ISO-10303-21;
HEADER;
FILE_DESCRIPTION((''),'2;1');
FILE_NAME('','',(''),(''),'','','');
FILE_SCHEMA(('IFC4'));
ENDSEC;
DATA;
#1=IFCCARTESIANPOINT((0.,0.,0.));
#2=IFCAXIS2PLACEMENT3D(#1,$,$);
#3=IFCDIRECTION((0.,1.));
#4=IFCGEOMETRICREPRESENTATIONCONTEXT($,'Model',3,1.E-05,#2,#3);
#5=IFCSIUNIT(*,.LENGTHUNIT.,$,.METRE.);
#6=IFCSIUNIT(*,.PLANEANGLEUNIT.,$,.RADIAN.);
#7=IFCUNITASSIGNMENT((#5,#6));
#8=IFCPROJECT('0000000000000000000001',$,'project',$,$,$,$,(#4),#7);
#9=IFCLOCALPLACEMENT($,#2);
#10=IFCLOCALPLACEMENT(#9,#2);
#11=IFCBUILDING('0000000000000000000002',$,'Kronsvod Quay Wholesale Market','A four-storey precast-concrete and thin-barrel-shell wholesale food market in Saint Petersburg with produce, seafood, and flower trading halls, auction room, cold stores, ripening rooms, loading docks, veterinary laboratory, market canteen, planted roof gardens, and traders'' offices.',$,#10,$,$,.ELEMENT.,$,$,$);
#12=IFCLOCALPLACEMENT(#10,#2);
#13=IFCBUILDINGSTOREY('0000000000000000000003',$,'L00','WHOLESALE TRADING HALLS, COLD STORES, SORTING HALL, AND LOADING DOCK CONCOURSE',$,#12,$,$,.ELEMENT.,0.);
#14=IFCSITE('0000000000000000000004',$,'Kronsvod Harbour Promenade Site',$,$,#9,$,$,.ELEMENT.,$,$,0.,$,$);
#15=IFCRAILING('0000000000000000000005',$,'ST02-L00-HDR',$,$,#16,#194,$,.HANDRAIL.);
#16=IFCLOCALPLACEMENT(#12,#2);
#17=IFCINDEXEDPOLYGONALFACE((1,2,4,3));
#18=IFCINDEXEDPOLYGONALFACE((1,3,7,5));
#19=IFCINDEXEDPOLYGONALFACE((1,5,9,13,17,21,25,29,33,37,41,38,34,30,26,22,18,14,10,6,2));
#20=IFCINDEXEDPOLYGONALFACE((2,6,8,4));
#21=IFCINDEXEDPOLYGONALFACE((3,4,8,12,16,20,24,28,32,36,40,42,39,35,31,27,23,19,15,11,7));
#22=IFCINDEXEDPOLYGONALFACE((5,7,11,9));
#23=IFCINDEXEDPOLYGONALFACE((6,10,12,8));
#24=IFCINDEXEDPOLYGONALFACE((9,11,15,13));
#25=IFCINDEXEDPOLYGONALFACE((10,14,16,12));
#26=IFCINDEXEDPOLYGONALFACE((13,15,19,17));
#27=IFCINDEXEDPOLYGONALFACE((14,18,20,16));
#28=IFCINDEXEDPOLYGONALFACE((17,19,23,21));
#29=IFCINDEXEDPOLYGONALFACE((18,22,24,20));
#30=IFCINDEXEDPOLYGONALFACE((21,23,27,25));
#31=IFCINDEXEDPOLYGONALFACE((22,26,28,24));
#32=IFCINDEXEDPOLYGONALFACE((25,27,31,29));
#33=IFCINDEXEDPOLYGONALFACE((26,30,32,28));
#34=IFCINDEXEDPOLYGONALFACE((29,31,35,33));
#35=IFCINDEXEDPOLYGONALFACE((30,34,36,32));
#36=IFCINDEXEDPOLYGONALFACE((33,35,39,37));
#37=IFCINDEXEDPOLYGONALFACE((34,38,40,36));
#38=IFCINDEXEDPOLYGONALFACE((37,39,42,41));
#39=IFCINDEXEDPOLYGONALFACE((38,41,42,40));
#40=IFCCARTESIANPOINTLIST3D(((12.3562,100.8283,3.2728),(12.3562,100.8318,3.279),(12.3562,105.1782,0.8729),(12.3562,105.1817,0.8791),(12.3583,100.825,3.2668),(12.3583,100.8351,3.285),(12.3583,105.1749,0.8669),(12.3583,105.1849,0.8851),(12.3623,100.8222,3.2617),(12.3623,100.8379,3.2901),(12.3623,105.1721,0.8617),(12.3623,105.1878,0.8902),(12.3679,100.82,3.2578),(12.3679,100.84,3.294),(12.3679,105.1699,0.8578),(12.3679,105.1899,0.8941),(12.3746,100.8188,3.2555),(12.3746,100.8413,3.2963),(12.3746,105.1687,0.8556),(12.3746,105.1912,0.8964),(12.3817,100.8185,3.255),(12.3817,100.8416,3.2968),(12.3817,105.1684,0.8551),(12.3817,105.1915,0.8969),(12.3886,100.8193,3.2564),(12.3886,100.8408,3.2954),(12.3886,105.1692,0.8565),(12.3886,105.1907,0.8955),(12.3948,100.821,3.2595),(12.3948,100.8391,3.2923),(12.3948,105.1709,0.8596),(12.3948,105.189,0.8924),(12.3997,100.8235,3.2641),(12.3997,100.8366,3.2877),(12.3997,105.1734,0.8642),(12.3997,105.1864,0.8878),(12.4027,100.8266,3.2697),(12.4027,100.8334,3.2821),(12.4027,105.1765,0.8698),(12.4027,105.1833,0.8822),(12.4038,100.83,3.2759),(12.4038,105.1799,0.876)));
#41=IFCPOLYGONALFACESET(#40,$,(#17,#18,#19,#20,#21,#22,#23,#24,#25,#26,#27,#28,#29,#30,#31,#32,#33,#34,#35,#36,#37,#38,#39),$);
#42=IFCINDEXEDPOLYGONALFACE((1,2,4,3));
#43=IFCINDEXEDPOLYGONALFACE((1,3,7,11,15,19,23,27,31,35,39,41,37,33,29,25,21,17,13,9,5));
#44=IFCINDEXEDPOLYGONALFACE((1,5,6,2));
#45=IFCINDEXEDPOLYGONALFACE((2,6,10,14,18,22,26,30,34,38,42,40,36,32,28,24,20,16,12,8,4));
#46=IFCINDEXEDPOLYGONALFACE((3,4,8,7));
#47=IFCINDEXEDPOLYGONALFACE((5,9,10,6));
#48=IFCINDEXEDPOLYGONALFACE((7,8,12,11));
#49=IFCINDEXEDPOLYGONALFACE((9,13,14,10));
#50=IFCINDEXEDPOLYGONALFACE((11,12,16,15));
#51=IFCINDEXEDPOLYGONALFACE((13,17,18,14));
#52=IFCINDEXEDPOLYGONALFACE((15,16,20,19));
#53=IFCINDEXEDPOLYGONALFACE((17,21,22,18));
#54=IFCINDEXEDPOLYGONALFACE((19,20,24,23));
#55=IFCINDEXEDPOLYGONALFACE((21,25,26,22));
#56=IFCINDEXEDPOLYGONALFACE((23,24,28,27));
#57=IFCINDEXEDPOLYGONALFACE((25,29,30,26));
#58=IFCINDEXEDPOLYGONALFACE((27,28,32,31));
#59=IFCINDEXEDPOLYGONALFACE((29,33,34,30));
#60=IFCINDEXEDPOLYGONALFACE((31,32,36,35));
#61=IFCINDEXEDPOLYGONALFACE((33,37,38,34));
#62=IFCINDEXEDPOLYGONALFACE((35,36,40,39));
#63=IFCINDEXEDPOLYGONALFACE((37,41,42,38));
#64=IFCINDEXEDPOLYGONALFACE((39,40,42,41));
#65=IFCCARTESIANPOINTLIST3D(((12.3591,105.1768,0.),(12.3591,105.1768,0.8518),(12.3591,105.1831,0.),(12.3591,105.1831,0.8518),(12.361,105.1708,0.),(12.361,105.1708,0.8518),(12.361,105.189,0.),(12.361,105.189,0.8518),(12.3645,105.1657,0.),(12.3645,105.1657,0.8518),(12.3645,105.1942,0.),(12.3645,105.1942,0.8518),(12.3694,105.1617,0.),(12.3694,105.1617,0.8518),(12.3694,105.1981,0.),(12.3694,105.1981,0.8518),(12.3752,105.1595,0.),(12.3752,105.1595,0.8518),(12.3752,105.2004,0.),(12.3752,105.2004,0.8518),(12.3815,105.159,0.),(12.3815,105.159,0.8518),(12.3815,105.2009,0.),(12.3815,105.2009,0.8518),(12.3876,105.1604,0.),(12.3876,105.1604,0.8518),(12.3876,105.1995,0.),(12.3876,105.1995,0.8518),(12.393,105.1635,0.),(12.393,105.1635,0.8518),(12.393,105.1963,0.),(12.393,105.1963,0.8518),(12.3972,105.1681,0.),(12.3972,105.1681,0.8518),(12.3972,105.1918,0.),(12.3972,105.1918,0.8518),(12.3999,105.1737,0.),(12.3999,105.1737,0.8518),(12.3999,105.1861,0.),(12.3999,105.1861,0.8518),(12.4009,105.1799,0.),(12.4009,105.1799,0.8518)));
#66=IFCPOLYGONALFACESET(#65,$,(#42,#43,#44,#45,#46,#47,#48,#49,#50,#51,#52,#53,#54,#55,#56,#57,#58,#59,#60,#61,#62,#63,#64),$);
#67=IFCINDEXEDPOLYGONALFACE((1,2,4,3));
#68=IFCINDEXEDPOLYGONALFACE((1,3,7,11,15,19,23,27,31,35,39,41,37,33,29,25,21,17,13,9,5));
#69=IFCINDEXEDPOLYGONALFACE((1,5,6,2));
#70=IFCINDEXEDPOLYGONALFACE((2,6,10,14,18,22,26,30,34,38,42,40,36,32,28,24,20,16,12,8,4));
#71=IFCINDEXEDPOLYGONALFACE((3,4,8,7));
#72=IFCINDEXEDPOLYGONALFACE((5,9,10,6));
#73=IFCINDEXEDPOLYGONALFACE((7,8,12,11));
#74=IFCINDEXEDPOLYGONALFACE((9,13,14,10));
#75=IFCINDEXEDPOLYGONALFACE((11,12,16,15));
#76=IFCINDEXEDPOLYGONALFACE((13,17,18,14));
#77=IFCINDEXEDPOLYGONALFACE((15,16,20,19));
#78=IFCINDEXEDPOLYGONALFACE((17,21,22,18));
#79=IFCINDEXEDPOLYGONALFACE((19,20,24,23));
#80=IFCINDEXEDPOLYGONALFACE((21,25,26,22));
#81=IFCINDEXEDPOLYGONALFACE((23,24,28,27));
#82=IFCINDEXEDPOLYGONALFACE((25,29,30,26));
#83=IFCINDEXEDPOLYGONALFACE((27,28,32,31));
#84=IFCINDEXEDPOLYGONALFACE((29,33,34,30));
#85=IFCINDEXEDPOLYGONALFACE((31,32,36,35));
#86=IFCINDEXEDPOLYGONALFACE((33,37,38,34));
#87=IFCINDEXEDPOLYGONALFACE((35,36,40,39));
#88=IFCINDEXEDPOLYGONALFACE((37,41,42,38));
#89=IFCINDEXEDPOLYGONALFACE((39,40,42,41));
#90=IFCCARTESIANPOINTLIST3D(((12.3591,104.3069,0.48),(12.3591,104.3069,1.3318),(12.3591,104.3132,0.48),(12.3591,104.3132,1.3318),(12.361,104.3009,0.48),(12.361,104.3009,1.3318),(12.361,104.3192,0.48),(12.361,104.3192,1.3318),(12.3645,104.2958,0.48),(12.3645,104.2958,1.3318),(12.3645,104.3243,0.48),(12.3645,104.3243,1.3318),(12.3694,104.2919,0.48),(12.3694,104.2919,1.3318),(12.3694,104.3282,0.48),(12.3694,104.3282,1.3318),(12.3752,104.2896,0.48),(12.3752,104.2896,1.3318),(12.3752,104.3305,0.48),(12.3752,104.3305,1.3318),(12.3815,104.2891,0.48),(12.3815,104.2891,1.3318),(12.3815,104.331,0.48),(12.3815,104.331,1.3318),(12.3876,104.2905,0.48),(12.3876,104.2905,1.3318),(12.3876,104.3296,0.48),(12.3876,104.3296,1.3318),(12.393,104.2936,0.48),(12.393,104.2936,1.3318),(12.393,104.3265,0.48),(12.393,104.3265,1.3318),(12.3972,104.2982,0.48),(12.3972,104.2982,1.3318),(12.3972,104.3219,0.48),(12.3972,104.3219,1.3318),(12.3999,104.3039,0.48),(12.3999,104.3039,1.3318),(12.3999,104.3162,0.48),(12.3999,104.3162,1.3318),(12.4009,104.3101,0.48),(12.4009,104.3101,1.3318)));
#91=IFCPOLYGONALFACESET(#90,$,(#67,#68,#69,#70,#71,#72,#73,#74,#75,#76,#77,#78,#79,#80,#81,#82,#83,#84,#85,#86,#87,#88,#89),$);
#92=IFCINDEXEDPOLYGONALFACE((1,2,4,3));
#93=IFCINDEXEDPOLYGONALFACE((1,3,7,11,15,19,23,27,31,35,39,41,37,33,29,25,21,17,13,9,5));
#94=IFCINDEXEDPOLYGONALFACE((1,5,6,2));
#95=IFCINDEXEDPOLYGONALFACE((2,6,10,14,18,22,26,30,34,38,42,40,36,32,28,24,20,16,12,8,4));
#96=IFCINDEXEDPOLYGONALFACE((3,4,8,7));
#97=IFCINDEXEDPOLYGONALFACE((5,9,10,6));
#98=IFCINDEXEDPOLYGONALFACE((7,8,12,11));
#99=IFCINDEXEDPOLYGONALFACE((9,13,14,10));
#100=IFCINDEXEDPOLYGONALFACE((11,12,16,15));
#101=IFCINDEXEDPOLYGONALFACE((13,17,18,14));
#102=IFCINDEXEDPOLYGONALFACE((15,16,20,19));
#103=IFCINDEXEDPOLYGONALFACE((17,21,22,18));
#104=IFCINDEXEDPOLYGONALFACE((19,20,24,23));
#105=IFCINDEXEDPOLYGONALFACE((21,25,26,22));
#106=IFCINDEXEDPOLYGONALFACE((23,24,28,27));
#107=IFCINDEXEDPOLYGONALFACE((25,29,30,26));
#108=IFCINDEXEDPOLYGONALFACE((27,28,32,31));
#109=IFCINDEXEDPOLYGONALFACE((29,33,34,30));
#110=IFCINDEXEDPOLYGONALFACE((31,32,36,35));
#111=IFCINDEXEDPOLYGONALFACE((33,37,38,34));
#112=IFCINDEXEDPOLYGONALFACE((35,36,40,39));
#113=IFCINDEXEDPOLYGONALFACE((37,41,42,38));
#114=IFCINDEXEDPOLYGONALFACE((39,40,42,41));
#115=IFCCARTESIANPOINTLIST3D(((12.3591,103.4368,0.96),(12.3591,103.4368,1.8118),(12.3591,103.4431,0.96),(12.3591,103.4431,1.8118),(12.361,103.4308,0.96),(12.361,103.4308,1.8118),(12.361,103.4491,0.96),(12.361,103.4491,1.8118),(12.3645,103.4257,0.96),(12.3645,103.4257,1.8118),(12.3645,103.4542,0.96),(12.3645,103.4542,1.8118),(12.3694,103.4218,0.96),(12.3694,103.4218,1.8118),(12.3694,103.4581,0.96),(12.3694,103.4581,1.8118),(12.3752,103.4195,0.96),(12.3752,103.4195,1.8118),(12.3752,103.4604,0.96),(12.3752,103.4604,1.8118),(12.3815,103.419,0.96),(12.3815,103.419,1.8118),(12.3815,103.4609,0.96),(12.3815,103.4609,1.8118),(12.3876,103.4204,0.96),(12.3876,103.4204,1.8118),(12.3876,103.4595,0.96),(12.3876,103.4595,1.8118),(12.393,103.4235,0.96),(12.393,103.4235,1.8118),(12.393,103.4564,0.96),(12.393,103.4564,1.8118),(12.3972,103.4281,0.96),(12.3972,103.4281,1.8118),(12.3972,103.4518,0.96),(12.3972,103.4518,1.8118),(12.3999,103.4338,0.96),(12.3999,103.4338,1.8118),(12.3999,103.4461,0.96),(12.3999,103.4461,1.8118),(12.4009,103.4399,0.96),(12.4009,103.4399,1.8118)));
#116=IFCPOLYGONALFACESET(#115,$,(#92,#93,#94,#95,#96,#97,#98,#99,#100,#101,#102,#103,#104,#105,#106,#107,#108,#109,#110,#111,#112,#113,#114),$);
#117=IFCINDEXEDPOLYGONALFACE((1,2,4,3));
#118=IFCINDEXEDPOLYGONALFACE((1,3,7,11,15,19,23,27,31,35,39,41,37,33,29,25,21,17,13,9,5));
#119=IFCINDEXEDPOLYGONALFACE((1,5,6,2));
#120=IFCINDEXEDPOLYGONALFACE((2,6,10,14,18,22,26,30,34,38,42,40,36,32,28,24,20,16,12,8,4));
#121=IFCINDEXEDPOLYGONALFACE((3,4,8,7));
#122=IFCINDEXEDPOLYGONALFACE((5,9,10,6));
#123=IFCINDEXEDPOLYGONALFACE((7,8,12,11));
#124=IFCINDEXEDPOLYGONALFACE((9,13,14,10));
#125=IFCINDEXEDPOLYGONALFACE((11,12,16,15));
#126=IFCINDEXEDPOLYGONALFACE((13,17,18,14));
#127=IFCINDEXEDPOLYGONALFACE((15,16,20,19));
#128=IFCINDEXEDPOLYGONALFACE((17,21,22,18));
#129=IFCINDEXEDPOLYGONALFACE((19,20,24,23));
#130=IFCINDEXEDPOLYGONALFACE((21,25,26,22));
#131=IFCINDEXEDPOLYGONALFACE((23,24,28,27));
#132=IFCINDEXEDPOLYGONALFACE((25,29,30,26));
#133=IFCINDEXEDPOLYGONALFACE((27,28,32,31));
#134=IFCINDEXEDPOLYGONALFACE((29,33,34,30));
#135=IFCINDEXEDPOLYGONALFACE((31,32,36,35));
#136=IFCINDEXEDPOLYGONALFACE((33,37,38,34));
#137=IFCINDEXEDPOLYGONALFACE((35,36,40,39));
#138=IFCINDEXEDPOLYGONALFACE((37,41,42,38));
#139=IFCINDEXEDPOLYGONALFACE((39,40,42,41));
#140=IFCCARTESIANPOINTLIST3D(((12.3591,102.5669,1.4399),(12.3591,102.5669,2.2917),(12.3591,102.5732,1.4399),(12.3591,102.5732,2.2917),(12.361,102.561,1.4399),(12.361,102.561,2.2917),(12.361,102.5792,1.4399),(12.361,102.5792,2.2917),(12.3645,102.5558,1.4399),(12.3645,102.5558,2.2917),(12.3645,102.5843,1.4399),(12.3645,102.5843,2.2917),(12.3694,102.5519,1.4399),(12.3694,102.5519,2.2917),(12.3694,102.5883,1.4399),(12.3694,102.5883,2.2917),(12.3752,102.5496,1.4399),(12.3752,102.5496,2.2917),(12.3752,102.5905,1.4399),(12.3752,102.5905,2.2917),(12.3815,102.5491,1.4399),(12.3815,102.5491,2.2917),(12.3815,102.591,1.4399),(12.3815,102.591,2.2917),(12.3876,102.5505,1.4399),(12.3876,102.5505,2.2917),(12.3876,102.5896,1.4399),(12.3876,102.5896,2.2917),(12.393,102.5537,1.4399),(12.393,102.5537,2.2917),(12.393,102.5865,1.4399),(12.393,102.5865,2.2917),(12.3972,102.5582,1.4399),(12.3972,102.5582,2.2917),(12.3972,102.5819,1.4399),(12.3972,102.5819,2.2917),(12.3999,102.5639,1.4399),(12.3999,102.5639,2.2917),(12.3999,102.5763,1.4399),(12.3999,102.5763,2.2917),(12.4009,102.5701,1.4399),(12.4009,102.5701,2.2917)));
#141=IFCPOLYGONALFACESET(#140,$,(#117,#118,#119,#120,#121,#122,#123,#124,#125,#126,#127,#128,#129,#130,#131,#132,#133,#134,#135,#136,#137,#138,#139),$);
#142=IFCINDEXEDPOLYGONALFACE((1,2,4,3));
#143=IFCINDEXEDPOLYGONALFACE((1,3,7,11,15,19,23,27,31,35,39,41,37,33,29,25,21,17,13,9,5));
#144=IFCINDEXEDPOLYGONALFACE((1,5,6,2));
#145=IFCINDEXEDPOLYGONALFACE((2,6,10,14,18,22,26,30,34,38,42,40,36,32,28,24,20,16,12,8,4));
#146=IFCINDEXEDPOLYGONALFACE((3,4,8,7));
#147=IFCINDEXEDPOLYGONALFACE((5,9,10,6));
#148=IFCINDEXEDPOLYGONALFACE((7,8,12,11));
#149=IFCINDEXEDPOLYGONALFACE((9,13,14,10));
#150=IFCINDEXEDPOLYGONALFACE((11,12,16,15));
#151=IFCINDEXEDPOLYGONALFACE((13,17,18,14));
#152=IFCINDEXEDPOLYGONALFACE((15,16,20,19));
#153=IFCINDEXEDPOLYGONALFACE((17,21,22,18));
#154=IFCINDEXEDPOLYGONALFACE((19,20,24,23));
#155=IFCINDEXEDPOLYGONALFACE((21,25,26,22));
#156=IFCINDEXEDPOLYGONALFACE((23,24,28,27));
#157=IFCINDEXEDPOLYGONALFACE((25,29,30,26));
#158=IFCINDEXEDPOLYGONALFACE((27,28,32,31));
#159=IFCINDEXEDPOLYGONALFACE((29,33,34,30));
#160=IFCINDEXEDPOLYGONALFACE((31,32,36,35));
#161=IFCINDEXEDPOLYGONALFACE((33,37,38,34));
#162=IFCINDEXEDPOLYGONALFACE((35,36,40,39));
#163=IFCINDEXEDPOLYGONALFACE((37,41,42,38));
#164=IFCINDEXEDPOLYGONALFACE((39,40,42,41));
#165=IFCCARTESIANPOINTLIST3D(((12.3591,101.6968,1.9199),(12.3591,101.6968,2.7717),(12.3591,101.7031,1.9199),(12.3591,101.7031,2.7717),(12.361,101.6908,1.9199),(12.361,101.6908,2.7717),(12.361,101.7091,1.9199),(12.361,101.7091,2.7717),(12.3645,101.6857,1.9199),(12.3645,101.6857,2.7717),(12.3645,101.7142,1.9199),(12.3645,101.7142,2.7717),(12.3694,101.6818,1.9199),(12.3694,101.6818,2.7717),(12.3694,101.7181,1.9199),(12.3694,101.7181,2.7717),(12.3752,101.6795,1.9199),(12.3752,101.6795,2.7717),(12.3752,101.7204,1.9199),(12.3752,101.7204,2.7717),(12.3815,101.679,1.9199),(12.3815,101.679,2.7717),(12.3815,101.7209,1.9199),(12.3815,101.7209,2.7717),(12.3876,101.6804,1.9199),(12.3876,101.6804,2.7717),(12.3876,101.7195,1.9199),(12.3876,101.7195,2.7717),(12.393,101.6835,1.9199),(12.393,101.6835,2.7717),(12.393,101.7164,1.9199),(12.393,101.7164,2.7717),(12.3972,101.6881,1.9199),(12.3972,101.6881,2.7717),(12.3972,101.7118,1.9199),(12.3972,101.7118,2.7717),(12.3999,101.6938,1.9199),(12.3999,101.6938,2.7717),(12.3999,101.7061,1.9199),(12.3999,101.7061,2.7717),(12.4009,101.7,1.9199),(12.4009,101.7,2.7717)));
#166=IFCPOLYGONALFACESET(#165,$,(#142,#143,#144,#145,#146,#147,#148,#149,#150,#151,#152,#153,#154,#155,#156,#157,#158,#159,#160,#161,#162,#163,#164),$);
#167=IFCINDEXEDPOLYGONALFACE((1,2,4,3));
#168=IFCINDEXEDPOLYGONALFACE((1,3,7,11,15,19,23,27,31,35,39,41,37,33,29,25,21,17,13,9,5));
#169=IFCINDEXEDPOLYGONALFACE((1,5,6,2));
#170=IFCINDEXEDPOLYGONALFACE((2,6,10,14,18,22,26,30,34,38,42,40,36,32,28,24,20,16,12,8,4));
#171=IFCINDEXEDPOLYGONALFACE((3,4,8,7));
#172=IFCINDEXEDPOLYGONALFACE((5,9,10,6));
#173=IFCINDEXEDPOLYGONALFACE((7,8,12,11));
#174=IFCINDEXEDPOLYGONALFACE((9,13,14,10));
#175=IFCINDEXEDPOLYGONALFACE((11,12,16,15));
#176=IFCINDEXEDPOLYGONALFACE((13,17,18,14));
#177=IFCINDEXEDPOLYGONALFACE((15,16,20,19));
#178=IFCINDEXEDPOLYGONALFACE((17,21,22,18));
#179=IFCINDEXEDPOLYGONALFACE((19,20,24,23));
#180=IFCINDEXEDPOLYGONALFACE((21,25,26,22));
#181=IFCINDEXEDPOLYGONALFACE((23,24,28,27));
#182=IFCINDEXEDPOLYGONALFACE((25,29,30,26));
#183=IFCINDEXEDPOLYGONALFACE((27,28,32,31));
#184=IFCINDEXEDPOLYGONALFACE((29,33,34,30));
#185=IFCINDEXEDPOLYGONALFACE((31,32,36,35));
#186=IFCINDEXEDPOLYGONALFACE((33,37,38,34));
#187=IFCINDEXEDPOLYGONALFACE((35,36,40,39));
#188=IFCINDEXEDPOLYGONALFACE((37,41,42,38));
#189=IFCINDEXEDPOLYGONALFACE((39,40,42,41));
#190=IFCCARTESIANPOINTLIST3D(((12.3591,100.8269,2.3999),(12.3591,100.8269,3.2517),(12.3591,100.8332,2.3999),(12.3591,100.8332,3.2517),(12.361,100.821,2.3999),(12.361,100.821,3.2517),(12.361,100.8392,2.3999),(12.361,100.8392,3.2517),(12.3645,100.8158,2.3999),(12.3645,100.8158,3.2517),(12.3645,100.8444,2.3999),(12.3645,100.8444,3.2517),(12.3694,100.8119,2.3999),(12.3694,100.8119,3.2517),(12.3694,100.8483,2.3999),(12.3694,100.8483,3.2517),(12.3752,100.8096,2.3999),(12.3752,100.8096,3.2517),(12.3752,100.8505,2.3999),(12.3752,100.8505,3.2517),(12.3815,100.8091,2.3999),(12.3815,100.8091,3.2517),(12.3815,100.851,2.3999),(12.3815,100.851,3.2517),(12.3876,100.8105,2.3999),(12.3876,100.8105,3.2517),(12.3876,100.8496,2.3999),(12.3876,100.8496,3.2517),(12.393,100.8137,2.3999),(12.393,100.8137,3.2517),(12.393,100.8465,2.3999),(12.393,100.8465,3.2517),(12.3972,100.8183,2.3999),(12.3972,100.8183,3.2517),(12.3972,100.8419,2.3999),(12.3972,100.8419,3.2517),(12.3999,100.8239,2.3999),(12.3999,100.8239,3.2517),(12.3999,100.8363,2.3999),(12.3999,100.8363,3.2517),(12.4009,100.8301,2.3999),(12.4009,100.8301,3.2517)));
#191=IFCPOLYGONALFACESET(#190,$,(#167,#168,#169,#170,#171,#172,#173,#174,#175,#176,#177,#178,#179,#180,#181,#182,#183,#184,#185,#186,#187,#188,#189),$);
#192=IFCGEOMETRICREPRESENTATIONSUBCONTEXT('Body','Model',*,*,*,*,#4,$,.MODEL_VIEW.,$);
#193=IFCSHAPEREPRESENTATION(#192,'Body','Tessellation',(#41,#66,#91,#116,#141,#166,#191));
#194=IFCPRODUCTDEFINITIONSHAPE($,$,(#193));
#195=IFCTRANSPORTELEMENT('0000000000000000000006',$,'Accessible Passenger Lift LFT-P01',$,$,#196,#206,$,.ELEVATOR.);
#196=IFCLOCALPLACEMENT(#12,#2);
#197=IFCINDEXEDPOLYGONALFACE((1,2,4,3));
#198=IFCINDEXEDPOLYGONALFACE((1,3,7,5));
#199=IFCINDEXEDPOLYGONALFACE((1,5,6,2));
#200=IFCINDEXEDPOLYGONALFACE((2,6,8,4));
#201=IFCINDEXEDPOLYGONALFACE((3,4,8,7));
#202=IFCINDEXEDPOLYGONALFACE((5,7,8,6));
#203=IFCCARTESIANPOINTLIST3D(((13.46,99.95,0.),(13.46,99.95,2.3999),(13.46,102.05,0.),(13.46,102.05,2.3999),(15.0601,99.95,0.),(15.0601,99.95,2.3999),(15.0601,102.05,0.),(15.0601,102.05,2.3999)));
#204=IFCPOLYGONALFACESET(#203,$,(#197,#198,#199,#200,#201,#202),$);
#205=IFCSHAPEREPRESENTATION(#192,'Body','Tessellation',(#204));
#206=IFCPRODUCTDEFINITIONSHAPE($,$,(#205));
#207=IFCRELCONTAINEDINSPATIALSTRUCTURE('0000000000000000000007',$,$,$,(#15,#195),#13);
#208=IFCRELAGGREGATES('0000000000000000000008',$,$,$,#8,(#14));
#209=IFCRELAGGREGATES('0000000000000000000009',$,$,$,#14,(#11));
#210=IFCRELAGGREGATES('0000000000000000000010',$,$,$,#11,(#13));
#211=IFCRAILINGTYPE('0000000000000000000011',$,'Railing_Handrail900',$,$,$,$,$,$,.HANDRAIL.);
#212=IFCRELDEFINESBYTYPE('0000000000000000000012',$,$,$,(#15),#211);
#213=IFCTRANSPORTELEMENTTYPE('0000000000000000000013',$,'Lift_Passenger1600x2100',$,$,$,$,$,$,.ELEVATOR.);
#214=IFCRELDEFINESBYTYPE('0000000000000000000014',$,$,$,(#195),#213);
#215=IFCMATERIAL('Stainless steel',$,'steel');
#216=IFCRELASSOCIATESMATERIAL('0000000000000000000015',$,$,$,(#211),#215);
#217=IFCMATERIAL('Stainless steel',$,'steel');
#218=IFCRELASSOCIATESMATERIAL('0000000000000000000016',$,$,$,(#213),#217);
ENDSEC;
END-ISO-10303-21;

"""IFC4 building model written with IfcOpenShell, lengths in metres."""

from ifc_helpers import new_model, si_unit, direction, frame, origin, origin_2d, place, context, subcontext, project, spatial, rectangle, circle, extrude, material, type_object, element, save


model = new_model("IFC4")

# Units and contexts
model_context = context("Model", 3, precision=1e-05, world=origin(), true_north=direction((0.0, 1.0)))
body_context = subcontext(model_context, "Body", "Model", "MODEL_VIEW")
ifc_project = project(units=[si_unit("LENGTHUNIT", "METRE"), si_unit("PLANEANGLEUNIT", "RADIAN")], contexts=[model_context])

# Site, building, storey
site_placement = place(None, origin())
site = spatial("IfcSite", under=ifc_project, at=site_placement, Name="Kronsvod Harbour Promenade Site", CompositionType="ELEMENT", RefElevation=0.0)
building_placement = place(site_placement, origin())
building = spatial("IfcBuilding", under=site, at=building_placement, Name="Kronsvod Quay Wholesale Market", Description="A four-storey precast-concrete and thin-barrel-shell wholesale food market in Saint Petersburg with produce, seafood, and flower trading halls, auction room, cold stores, ripening rooms, loading docks, veterinary laboratory, market canteen, planted roof gardens, and traders' offices.", CompositionType="ELEMENT")
storey_placement = place(building_placement, origin())
storey = spatial("IfcBuildingStorey", under=building, at=storey_placement, Name="L00", Description="WHOLESALE TRADING HALLS, COLD STORES, SORTING HALL, AND LOADING DOCK CONCOURSE", CompositionType="ELEMENT", Elevation=0.0)

# Railing
ifc_material_1 = material(Name="Stainless steel", Category="steel")
railing_type_1 = type_object("IfcRailingType", Name="Railing_Handrail900", PredefinedType="HANDRAIL", material=ifc_material_1)
railing_1_placement = place(storey_placement, frame((12.3799, 105.1799, 0.0)))
element("IfcRailing", 1, at=railing_1_placement, inside=storey, type_object=railing_type_1, Name="ST02-L00-HDR", PredefinedType="HANDRAIL", context=body_context, shape_type="SweptSolid", body=[
    extrude(circle(Radius=0.0239, at=origin_2d()), frame((0.0, 0.0, 0.876), z_axis=(0.0, -0.875579, 0.483075), x_axis=(1.0, 0.0, 0.0)), (0.0, 0.0, 1.0), 4.968),
    extrude(circle(Radius=0.021, at=origin_2d()), origin(), (0.0, 0.0, 1.0), 0.8518),
    extrude(circle(Radius=0.021, at=origin_2d()), frame((0.0, -0.8699, 0.48)), (0.0, 0.0, 1.0), 0.8518),
    extrude(circle(Radius=0.021, at=origin_2d()), frame((0.0, -1.74, 0.96)), (0.0, 0.0, 1.0), 0.8518),
    extrude(circle(Radius=0.021, at=origin_2d()), frame((0.0, -2.6099, 1.4399)), (0.0, 0.0, 1.0), 0.8518),
    extrude(circle(Radius=0.021, at=origin_2d()), frame((0.0, -3.48, 1.9199)), (0.0, 0.0, 1.0), 0.8518),
    extrude(circle(Radius=0.021, at=origin_2d()), frame((0.0, -4.3499, 2.3999)), (0.0, 0.0, 1.0), 0.8518),
])

# Transport element
ifc_material_2 = material(Name="Stainless steel", Category="steel")
transport_element_type = type_object("IfcTransportElementType", Name="Lift_Passenger1600x2100", PredefinedType="ELEVATOR", material=ifc_material_2)
transport_element_placement = place(storey_placement, frame((14.26, 101.0, 0.0), z_axis=(0.0, 0.0, 1.0), x_axis=(1.0, 0.0, 0.0)))
element("IfcTransportElement", 2, at=transport_element_placement, inside=storey, type_object=transport_element_type, Name="Accessible Passenger Lift LFT-P01", PredefinedType="ELEVATOR", context=body_context, shape_type="SweptSolid", body=[
    extrude(rectangle(XDim=1.6001, YDim=2.1001, at=origin_2d()), origin(), (0.0, 0.0, 1.0), 2.3999),
])

save(model, "model.ifc")
